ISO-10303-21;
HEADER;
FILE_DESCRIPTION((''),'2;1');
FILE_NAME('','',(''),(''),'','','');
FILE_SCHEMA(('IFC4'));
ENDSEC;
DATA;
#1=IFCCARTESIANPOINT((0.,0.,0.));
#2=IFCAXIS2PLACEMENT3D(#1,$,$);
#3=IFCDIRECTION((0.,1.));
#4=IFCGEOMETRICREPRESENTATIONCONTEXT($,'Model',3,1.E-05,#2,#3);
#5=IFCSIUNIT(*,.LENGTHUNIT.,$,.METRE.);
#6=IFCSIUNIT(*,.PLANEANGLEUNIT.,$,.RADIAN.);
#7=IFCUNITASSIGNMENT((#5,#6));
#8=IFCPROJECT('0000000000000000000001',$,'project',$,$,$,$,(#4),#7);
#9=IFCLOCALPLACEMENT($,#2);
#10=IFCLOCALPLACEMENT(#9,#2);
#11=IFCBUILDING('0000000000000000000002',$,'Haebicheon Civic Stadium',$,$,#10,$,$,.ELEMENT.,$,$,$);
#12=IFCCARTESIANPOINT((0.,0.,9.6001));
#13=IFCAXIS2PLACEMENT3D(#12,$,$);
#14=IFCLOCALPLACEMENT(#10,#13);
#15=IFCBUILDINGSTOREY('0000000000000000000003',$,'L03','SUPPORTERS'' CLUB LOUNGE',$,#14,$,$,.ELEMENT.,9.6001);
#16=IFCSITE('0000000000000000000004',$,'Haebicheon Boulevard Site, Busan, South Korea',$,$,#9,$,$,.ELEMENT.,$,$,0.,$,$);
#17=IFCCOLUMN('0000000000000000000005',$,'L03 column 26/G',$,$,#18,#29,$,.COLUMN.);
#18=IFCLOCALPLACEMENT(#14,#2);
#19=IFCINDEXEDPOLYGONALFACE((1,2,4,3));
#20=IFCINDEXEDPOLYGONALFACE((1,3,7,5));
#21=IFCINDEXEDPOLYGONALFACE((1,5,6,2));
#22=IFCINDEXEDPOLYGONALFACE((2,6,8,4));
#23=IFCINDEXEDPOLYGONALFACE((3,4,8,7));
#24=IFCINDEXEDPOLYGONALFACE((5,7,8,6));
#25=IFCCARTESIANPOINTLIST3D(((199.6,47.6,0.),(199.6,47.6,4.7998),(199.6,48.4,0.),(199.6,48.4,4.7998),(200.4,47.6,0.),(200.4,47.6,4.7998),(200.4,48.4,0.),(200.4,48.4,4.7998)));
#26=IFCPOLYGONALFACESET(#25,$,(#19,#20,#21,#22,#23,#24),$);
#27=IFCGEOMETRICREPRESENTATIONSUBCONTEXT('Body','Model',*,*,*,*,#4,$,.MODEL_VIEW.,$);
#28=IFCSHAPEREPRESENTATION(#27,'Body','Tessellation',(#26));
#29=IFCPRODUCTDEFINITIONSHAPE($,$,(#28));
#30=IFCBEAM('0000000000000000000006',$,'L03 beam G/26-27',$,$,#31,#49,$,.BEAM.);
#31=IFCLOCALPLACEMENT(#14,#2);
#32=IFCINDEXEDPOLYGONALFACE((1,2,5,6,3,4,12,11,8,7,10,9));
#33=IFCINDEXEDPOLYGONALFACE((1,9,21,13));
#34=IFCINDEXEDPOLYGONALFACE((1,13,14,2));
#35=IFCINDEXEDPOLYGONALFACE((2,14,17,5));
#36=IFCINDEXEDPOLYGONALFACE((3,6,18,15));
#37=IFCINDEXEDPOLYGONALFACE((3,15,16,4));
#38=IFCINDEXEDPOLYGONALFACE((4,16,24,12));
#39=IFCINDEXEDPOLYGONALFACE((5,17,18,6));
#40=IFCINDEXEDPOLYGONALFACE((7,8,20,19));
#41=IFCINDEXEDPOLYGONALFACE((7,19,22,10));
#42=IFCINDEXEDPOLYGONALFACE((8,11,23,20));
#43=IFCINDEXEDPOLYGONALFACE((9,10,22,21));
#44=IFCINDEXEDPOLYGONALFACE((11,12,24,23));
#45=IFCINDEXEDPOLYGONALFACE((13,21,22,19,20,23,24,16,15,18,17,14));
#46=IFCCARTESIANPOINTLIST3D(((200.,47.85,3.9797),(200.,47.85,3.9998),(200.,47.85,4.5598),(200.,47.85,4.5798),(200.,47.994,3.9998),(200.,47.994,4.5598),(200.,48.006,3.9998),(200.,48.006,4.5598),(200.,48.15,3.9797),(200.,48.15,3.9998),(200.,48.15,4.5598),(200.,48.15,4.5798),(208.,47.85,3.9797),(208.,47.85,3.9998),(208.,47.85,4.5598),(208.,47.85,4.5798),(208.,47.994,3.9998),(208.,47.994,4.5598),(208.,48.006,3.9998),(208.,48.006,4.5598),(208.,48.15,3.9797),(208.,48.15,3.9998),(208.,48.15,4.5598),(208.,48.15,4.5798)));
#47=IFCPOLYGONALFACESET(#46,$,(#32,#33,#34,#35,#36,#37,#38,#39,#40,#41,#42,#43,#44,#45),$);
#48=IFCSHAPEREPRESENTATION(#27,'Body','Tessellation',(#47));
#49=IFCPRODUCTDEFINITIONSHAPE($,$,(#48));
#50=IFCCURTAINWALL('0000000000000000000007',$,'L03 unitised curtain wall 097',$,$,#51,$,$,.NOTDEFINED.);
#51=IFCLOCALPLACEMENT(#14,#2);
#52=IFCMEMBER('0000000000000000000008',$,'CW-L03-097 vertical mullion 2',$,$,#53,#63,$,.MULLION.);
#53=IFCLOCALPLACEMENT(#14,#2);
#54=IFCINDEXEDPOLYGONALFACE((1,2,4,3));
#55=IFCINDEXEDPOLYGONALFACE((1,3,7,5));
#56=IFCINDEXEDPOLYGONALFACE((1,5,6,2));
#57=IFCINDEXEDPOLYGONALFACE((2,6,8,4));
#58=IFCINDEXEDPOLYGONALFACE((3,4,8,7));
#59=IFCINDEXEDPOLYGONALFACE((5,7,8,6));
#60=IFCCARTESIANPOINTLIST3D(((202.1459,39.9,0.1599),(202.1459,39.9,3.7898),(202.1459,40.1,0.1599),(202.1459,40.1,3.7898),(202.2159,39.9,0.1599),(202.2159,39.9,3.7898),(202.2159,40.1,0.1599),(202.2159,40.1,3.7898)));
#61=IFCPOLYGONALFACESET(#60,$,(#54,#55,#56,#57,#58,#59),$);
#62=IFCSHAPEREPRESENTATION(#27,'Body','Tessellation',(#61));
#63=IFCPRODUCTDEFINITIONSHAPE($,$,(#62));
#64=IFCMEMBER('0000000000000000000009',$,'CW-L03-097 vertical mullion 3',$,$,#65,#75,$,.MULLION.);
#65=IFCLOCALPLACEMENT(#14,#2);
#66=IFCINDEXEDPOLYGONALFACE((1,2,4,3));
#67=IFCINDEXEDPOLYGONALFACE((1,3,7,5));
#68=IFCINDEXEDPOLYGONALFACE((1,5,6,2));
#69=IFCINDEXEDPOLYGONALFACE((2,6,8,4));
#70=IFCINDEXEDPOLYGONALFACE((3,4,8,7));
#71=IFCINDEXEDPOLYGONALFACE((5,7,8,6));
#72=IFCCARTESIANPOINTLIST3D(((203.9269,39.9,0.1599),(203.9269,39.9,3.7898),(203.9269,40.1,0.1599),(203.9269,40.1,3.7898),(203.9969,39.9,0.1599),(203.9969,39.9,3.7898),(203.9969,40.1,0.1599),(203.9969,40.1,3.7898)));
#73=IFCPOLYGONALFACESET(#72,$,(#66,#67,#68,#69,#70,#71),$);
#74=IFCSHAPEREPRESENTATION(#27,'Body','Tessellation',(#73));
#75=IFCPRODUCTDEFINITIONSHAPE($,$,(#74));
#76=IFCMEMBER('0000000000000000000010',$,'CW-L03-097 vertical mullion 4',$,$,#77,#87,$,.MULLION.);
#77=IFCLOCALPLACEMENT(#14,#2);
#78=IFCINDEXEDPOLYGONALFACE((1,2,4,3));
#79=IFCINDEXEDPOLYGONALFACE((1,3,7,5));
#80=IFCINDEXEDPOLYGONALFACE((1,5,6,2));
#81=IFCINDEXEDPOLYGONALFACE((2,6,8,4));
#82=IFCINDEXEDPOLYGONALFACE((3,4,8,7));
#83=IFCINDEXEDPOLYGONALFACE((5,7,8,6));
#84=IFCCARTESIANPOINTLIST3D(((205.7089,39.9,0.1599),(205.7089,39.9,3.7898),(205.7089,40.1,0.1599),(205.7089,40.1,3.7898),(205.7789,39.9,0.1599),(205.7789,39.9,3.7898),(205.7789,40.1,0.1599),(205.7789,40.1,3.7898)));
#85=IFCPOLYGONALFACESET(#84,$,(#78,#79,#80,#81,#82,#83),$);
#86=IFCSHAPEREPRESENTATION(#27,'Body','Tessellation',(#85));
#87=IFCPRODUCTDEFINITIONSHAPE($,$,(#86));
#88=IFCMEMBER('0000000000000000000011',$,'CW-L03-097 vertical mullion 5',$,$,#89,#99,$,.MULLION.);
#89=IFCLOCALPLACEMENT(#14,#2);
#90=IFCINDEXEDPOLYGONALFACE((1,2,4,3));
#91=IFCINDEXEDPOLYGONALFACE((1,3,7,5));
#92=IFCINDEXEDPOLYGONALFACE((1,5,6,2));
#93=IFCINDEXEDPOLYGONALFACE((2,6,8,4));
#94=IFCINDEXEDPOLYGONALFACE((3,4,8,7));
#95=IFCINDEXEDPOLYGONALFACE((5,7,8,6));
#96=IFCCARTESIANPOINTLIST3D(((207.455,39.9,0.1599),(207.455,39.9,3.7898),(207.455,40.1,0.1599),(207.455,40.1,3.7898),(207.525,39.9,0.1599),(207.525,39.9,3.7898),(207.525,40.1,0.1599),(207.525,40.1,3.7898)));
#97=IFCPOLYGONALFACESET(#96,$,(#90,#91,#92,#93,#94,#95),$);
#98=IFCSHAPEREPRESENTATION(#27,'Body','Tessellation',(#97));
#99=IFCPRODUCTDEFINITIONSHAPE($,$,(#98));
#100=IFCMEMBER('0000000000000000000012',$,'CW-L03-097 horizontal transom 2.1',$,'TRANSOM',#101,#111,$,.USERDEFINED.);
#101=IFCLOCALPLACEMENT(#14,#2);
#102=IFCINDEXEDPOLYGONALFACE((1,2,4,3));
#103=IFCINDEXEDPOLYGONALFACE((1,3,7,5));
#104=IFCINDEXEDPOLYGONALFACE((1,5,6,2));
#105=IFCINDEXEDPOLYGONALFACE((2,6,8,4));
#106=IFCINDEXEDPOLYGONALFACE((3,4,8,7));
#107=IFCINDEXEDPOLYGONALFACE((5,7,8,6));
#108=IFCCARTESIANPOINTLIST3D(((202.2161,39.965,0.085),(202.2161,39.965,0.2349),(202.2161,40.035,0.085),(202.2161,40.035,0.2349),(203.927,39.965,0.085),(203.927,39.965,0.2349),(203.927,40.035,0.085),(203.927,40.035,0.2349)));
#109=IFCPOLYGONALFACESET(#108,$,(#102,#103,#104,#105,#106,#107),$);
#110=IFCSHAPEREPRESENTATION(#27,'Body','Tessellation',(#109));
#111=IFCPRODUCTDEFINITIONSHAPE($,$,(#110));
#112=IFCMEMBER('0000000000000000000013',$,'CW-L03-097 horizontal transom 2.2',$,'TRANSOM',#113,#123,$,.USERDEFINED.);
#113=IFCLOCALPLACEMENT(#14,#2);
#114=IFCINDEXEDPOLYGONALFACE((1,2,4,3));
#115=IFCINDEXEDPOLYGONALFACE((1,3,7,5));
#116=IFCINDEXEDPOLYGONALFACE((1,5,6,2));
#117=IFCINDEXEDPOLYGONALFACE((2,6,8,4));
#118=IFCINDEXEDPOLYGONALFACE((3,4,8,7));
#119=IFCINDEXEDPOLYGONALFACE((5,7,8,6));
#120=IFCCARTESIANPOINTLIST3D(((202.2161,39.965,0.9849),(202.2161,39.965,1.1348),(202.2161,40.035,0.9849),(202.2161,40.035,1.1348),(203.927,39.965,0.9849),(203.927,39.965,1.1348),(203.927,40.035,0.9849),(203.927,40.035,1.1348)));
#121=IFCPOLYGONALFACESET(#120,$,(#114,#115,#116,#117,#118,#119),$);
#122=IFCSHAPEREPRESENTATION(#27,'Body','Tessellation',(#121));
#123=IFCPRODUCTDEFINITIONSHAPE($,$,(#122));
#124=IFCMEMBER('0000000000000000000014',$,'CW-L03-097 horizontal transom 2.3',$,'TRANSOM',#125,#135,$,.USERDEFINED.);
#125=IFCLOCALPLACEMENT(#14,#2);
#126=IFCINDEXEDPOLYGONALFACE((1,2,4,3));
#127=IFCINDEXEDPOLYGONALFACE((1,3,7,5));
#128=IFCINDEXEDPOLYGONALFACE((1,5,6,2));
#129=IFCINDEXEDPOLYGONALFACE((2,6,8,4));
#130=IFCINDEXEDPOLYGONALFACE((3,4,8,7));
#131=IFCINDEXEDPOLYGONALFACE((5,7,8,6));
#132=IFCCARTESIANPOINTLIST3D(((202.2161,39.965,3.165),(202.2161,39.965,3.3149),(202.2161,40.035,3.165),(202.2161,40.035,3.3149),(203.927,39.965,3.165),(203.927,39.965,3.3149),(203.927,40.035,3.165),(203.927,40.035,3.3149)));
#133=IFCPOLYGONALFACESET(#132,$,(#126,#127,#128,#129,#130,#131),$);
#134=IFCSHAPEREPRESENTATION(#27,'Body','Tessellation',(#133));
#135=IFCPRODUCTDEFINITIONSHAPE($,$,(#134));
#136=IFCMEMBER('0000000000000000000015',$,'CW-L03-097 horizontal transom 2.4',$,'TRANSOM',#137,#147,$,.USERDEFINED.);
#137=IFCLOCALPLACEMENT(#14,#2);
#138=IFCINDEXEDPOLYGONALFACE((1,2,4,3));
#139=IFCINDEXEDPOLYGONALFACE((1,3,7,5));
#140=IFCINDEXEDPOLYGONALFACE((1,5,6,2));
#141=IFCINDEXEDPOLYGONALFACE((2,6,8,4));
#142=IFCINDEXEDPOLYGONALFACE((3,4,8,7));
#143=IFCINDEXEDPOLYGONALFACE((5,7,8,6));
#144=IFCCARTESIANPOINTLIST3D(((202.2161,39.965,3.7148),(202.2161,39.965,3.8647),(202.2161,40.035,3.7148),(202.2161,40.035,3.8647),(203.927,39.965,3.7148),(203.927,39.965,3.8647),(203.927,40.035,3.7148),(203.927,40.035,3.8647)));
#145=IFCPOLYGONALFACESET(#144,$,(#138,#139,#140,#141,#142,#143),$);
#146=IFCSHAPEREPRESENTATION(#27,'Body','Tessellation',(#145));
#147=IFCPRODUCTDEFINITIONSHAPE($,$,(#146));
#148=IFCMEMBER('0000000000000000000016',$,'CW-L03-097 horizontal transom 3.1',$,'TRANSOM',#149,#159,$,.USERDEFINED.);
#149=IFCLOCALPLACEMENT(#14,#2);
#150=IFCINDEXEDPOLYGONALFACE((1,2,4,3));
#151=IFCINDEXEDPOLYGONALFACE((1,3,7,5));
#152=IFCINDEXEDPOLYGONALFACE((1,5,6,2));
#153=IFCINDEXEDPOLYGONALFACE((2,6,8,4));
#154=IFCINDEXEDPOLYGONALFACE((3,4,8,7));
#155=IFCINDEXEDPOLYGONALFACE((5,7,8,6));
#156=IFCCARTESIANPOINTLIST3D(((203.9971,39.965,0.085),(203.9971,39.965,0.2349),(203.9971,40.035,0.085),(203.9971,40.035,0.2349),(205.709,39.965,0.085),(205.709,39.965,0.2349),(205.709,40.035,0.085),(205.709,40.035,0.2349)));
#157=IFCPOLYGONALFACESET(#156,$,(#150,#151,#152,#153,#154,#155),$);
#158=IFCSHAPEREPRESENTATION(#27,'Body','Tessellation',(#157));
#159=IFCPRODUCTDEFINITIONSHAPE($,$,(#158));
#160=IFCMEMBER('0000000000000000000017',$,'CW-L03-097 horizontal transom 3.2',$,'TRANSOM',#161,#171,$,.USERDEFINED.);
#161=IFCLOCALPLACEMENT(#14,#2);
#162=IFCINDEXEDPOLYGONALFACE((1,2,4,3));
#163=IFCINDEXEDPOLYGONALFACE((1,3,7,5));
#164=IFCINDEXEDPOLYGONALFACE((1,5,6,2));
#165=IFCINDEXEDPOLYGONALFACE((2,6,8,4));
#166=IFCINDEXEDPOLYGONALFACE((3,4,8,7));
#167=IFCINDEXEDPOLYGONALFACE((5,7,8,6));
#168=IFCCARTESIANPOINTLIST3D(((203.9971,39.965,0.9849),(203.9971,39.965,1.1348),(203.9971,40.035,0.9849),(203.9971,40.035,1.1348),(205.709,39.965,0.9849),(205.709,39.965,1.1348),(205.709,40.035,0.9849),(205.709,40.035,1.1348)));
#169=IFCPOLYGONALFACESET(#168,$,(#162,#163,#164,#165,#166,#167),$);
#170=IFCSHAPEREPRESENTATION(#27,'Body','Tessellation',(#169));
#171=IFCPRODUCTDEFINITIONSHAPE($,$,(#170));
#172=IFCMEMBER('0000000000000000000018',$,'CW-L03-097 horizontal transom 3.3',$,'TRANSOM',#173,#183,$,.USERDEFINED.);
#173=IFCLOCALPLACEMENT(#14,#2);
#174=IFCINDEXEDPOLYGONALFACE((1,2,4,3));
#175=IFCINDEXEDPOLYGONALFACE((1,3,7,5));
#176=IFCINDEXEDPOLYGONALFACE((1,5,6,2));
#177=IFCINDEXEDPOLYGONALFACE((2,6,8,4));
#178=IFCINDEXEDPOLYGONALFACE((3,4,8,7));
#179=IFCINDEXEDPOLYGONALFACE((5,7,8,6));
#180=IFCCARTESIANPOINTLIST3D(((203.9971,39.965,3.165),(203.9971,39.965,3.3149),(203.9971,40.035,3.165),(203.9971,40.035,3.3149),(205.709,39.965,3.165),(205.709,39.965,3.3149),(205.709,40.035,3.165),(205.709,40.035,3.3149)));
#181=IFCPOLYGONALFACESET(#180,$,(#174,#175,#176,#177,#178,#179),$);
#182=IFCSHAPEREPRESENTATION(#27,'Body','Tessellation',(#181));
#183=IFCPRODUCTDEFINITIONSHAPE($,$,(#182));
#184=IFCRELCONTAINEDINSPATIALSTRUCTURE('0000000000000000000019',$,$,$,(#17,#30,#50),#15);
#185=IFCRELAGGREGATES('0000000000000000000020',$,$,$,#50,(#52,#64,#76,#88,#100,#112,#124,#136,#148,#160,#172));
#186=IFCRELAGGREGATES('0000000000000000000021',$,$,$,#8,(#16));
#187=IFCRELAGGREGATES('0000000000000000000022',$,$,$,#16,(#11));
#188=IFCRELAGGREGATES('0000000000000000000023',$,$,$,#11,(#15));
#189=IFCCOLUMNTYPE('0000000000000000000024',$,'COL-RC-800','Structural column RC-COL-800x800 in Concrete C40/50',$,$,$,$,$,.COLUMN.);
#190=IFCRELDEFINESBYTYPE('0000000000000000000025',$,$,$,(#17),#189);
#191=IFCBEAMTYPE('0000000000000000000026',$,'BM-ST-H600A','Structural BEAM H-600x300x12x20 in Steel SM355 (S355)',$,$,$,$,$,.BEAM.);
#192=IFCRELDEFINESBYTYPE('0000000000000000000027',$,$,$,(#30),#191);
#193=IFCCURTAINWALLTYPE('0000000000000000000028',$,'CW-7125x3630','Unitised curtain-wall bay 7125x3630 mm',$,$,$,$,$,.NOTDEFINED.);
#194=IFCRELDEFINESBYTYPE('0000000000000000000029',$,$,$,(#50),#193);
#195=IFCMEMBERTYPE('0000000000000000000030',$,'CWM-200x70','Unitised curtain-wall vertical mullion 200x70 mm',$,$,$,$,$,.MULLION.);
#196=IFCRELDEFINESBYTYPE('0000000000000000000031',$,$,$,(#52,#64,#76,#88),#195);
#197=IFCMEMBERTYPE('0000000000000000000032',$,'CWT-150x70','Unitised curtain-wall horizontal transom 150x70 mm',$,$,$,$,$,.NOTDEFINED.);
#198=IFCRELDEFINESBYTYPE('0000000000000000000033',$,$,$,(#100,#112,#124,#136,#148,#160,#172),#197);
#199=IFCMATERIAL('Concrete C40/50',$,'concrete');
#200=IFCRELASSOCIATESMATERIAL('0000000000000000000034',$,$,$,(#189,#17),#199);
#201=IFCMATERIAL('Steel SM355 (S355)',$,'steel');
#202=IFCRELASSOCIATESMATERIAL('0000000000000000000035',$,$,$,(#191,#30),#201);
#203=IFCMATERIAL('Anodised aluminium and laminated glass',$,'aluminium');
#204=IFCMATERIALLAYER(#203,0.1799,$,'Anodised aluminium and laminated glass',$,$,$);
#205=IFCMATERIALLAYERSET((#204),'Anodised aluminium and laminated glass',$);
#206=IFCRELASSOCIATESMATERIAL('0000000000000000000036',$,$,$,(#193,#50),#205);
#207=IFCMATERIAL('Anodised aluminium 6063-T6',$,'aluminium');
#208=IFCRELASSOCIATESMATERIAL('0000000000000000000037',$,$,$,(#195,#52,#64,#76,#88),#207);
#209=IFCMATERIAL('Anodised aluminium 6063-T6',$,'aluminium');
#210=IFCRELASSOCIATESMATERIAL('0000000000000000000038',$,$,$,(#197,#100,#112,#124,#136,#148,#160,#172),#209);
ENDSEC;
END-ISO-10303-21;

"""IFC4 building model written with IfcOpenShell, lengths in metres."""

from ifc_helpers import new_model, si_unit, direction, frame, origin, origin_2d, place, context, subcontext, project, spatial, rectangle, i_section, extrude, material, layer, layer_set, material_profile, profile_set, type_object, element, aggregate, save


model = new_model("IFC4")

# Units and contexts
model_context = context("Model", 3, precision=1e-05, world=origin(), true_north=direction((0.0, 1.0)))
body_context = subcontext(model_context, "Body", "Model", "MODEL_VIEW")
ifc_project = project(units=[si_unit("LENGTHUNIT", "METRE"), si_unit("PLANEANGLEUNIT", "RADIAN")], contexts=[model_context])

# Site, building, storey
site_placement = place(None, origin())
site = spatial("IfcSite", under=ifc_project, at=site_placement, Name="Haebicheon Boulevard Site, Busan, South Korea", CompositionType="ELEMENT", RefElevation=0.0)
building_placement = place(site_placement, origin())
building = spatial("IfcBuilding", under=site, at=building_placement, Name="Haebicheon Civic Stadium", CompositionType="ELEMENT")
storey_placement = place(building_placement, frame((0.0, 0.0, 9.6001)))
storey = spatial("IfcBuildingStorey", under=building, at=storey_placement, Name="L03", Description="SUPPORTERS' CLUB LOUNGE", CompositionType="ELEMENT", Elevation=9.6001)

# Column
ifc_material_1 = material(Name="Concrete C40/50", Category="concrete")
ifc_material_profile_1 = material_profile(ifc_material_1, rectangle(XDim=0.8, YDim=0.8, at=origin_2d()), Name="RC-COL-800x800")
ifc_profile_set_1 = profile_set([ifc_material_profile_1], Name="Concrete C40/50")
column_type = type_object("IfcColumnType", Name="COL-RC-800", Description="Structural column RC-COL-800x800 in Concrete C40/50", PredefinedType="COLUMN", material=ifc_profile_set_1)
column_placement = place(storey_placement, frame((200.0, 48.0, 0.0), z_axis=(0.0, 0.0, 1.0), x_axis=(1.0, 0.0, 0.0)))
element("IfcColumn", 1, at=column_placement, inside=storey, type_object=column_type, material=ifc_profile_set_1, Name="L03 column 26/G", PredefinedType="COLUMN", context=body_context, shape_type="SweptSolid", body=[
    extrude(rectangle(XDim=0.8, YDim=0.8, at=origin_2d()), origin(), (0.0, 0.0, 1.0), 4.7998),
])

# Beam
ifc_material_2 = material(Name="Steel SM355 (S355)", Category="steel")
ifc_material_profile_2 = material_profile(ifc_material_2, i_section(OverallWidth=0.3, OverallDepth=0.6001, WebThickness=0.012, FlangeThickness=0.02, at=origin_2d()), Name="H-600x300x12x20")
ifc_profile_set_2 = profile_set([ifc_material_profile_2], Name="Steel SM355 (S355)")
beam_type_1 = type_object("IfcBeamType", Name="BM-ST-H600A", Description="Structural BEAM H-600x300x12x20 in Steel SM355 (S355)", PredefinedType="BEAM", material=ifc_profile_set_2)
beam_1_placement = place(storey_placement, frame((200.0, 48.0, 4.2798), z_axis=(1.0, 0.0, 0.0), x_axis=(0.0, 1.0, 0.0)))
element("IfcBeam", 2, at=beam_1_placement, inside=storey, type_object=beam_type_1, material=ifc_profile_set_2, Name="L03 beam G/26-27", PredefinedType="BEAM", context=body_context, shape_type="SweptSolid", body=[
    extrude(i_section(OverallWidth=0.3, OverallDepth=0.6001, WebThickness=0.012, FlangeThickness=0.02, at=origin_2d()), origin(), (0.0, 0.0, 1.0), 8.0),
])

# Curtain wall, members
ifc_material_3 = material(Name="Anodised aluminium and laminated glass", Category="aluminium")
ifc_layer_1 = layer(ifc_material_3, 0.1799, Name="Anodised aluminium and laminated glass")
ifc_layer_set_1 = layer_set([ifc_layer_1], Name="Anodised aluminium and laminated glass")
curtain_wall_type = type_object("IfcCurtainWallType", Name="CW-7125x3630", Description="Unitised curtain-wall bay 7125x3630 mm", PredefinedType="NOTDEFINED", material=ifc_layer_set_1)
curtain_wall_placement = place(storey_placement, origin())
curtain_wall = element("IfcCurtainWall", 3, at=curtain_wall_placement, inside=storey, type_object=curtain_wall_type, material=ifc_layer_set_1, Name="L03 unitised curtain wall 097", PredefinedType="NOTDEFINED")
ifc_material_4 = material(Name="Anodised aluminium 6063-T6", Category="aluminium")
ifc_material_profile_3 = material_profile(ifc_material_4, rectangle(XDim=0.0701, YDim=0.2, at=origin_2d()), Name="ALU-MULL-70x200")
ifc_profile_set_3 = profile_set([ifc_material_profile_3], Name="Anodised aluminium 6063-T6")
member_type_1 = type_object("IfcMemberType", Name="CWM-200x70", Description="Unitised curtain-wall vertical mullion 200x70 mm", PredefinedType="MULLION", material=ifc_profile_set_3)
member_1_placement = place(storey_placement, frame((202.1809, 40.0, 0.1599), z_axis=(0.0, 0.0, 1.0), x_axis=(1.0, 0.0, 0.0)))
member_1 = element("IfcMember", 4, at=member_1_placement, type_object=member_type_1, material=ifc_profile_set_3, Name="CW-L03-097 vertical mullion 2", PredefinedType="MULLION", context=body_context, shape_type="SweptSolid", body=[
    extrude(rectangle(XDim=0.0701, YDim=0.2, at=origin_2d()), origin(), (0.0, 0.0, 1.0), 3.6299),
])
member_2_placement = place(storey_placement, frame((203.9619, 40.0, 0.1599), z_axis=(0.0, 0.0, 1.0), x_axis=(1.0, 0.0, 0.0)))
member_2 = element("IfcMember", 5, at=member_2_placement, type_object=member_type_1, material=ifc_profile_set_3, Name="CW-L03-097 vertical mullion 3", PredefinedType="MULLION", context=body_context, shape_type="SweptSolid", body=[
    extrude(rectangle(XDim=0.0701, YDim=0.2, at=origin_2d()), origin(), (0.0, 0.0, 1.0), 3.6299),
])
member_3_placement = place(storey_placement, frame((205.7439, 40.0, 0.1599), z_axis=(0.0, 0.0, 1.0), x_axis=(1.0, 0.0, 0.0)))
member_3 = element("IfcMember", 6, at=member_3_placement, type_object=member_type_1, material=ifc_profile_set_3, Name="CW-L03-097 vertical mullion 4", PredefinedType="MULLION", context=body_context, shape_type="SweptSolid", body=[
    extrude(rectangle(XDim=0.0701, YDim=0.2, at=origin_2d()), origin(), (0.0, 0.0, 1.0), 3.6299),
])
member_4_placement = place(storey_placement, frame((207.49, 40.0, 0.1599), z_axis=(0.0, 0.0, 1.0), x_axis=(1.0, 0.0, 0.0)))
member_4 = element("IfcMember", 7, at=member_4_placement, type_object=member_type_1, material=ifc_profile_set_3, Name="CW-L03-097 vertical mullion 5", PredefinedType="MULLION", context=body_context, shape_type="SweptSolid", body=[
    extrude(rectangle(XDim=0.0701, YDim=0.2, at=origin_2d()), origin(), (0.0, 0.0, 1.0), 3.6299),
])
ifc_material_5 = material(Name="Anodised aluminium 6063-T6", Category="aluminium")
ifc_material_profile_4 = material_profile(ifc_material_5, rectangle(XDim=0.0701, YDim=0.1499, at=origin_2d()), Name="ALU-TRAN-70x150")
ifc_profile_set_4 = profile_set([ifc_material_profile_4], Name="Anodised aluminium 6063-T6")
member_type_2 = type_object("IfcMemberType", Name="CWT-150x70", Description="Unitised curtain-wall horizontal transom 150x70 mm", PredefinedType="NOTDEFINED", material=ifc_profile_set_4)
member_5_placement = place(storey_placement, frame((202.2161, 40.0, 0.1599), z_axis=(1.0, 0.0, 0.0), x_axis=(0.0, 1.0, 0.0)))
member_5 = element("IfcMember", 8, at=member_5_placement, type_object=member_type_2, material=ifc_profile_set_4, Name="CW-L03-097 horizontal transom 2.1", ObjectType="TRANSOM", PredefinedType="USERDEFINED", context=body_context, shape_type="SweptSolid", body=[
    extrude(rectangle(XDim=0.0701, YDim=0.1499, at=origin_2d()), origin(), (0.0, 0.0, 1.0), 1.7109),
])
member_6_placement = place(storey_placement, frame((202.2161, 40.0, 1.0598), z_axis=(1.0, 0.0, 0.0), x_axis=(0.0, 1.0, 0.0)))
member_6 = element("IfcMember", 9, at=member_6_placement, type_object=member_type_2, material=ifc_profile_set_4, Name="CW-L03-097 horizontal transom 2.2", ObjectType="TRANSOM", PredefinedType="USERDEFINED", context=body_context, shape_type="SweptSolid", body=[
    extrude(rectangle(XDim=0.0701, YDim=0.1499, at=origin_2d()), origin(), (0.0, 0.0, 1.0), 1.7109),
])
member_7_placement = place(storey_placement, frame((202.2161, 40.0, 3.24), z_axis=(1.0, 0.0, 0.0), x_axis=(0.0, 1.0, 0.0)))
member_7 = element("IfcMember", 10, at=member_7_placement, type_object=member_type_2, material=ifc_profile_set_4, Name="CW-L03-097 horizontal transom 2.3", ObjectType="TRANSOM", PredefinedType="USERDEFINED", context=body_context, shape_type="SweptSolid", body=[
    extrude(rectangle(XDim=0.0701, YDim=0.1499, at=origin_2d()), origin(), (0.0, 0.0, 1.0), 1.7109),
])
member_8_placement = place(storey_placement, frame((202.2161, 40.0, 3.7898), z_axis=(1.0, 0.0, 0.0), x_axis=(0.0, 1.0, 0.0)))
member_8 = element("IfcMember", 11, at=member_8_placement, type_object=member_type_2, material=ifc_profile_set_4, Name="CW-L03-097 horizontal transom 2.4", ObjectType="TRANSOM", PredefinedType="USERDEFINED", context=body_context, shape_type="SweptSolid", body=[
    extrude(rectangle(XDim=0.0701, YDim=0.1499, at=origin_2d()), origin(), (0.0, 0.0, 1.0), 1.7109),
])
member_9_placement = place(storey_placement, frame((203.9971, 40.0, 0.1599), z_axis=(1.0, 0.0, 0.0), x_axis=(0.0, 1.0, 0.0)))
member_9 = element("IfcMember", 12, at=member_9_placement, type_object=member_type_2, material=ifc_profile_set_4, Name="CW-L03-097 horizontal transom 3.1", ObjectType="TRANSOM", PredefinedType="USERDEFINED", context=body_context, shape_type="SweptSolid", body=[
    extrude(rectangle(XDim=0.0701, YDim=0.1499, at=origin_2d()), origin(), (0.0, 0.0, 1.0), 1.7119),
])
member_10_placement = place(storey_placement, frame((203.9971, 40.0, 1.0598), z_axis=(1.0, 0.0, 0.0), x_axis=(0.0, 1.0, 0.0)))
member_10 = element("IfcMember", 13, at=member_10_placement, type_object=member_type_2, material=ifc_profile_set_4, Name="CW-L03-097 horizontal transom 3.2", ObjectType="TRANSOM", PredefinedType="USERDEFINED", context=body_context, shape_type="SweptSolid", body=[
    extrude(rectangle(XDim=0.0701, YDim=0.1499, at=origin_2d()), origin(), (0.0, 0.0, 1.0), 1.7119),
])
member_11_placement = place(storey_placement, frame((203.9971, 40.0, 3.24), z_axis=(1.0, 0.0, 0.0), x_axis=(0.0, 1.0, 0.0)))
member_11 = element("IfcMember", 14, at=member_11_placement, type_object=member_type_2, material=ifc_profile_set_4, Name="CW-L03-097 horizontal transom 3.3", ObjectType="TRANSOM", PredefinedType="USERDEFINED", context=body_context, shape_type="SweptSolid", body=[
    extrude(rectangle(XDim=0.0701, YDim=0.1499, at=origin_2d()), origin(), (0.0, 0.0, 1.0), 1.7119),
])

aggregate(curtain_wall, [member_1, member_2, member_3, member_4, member_5, member_6, member_7, member_8, member_9, member_10, member_11])

save(model, "model.ifc")
